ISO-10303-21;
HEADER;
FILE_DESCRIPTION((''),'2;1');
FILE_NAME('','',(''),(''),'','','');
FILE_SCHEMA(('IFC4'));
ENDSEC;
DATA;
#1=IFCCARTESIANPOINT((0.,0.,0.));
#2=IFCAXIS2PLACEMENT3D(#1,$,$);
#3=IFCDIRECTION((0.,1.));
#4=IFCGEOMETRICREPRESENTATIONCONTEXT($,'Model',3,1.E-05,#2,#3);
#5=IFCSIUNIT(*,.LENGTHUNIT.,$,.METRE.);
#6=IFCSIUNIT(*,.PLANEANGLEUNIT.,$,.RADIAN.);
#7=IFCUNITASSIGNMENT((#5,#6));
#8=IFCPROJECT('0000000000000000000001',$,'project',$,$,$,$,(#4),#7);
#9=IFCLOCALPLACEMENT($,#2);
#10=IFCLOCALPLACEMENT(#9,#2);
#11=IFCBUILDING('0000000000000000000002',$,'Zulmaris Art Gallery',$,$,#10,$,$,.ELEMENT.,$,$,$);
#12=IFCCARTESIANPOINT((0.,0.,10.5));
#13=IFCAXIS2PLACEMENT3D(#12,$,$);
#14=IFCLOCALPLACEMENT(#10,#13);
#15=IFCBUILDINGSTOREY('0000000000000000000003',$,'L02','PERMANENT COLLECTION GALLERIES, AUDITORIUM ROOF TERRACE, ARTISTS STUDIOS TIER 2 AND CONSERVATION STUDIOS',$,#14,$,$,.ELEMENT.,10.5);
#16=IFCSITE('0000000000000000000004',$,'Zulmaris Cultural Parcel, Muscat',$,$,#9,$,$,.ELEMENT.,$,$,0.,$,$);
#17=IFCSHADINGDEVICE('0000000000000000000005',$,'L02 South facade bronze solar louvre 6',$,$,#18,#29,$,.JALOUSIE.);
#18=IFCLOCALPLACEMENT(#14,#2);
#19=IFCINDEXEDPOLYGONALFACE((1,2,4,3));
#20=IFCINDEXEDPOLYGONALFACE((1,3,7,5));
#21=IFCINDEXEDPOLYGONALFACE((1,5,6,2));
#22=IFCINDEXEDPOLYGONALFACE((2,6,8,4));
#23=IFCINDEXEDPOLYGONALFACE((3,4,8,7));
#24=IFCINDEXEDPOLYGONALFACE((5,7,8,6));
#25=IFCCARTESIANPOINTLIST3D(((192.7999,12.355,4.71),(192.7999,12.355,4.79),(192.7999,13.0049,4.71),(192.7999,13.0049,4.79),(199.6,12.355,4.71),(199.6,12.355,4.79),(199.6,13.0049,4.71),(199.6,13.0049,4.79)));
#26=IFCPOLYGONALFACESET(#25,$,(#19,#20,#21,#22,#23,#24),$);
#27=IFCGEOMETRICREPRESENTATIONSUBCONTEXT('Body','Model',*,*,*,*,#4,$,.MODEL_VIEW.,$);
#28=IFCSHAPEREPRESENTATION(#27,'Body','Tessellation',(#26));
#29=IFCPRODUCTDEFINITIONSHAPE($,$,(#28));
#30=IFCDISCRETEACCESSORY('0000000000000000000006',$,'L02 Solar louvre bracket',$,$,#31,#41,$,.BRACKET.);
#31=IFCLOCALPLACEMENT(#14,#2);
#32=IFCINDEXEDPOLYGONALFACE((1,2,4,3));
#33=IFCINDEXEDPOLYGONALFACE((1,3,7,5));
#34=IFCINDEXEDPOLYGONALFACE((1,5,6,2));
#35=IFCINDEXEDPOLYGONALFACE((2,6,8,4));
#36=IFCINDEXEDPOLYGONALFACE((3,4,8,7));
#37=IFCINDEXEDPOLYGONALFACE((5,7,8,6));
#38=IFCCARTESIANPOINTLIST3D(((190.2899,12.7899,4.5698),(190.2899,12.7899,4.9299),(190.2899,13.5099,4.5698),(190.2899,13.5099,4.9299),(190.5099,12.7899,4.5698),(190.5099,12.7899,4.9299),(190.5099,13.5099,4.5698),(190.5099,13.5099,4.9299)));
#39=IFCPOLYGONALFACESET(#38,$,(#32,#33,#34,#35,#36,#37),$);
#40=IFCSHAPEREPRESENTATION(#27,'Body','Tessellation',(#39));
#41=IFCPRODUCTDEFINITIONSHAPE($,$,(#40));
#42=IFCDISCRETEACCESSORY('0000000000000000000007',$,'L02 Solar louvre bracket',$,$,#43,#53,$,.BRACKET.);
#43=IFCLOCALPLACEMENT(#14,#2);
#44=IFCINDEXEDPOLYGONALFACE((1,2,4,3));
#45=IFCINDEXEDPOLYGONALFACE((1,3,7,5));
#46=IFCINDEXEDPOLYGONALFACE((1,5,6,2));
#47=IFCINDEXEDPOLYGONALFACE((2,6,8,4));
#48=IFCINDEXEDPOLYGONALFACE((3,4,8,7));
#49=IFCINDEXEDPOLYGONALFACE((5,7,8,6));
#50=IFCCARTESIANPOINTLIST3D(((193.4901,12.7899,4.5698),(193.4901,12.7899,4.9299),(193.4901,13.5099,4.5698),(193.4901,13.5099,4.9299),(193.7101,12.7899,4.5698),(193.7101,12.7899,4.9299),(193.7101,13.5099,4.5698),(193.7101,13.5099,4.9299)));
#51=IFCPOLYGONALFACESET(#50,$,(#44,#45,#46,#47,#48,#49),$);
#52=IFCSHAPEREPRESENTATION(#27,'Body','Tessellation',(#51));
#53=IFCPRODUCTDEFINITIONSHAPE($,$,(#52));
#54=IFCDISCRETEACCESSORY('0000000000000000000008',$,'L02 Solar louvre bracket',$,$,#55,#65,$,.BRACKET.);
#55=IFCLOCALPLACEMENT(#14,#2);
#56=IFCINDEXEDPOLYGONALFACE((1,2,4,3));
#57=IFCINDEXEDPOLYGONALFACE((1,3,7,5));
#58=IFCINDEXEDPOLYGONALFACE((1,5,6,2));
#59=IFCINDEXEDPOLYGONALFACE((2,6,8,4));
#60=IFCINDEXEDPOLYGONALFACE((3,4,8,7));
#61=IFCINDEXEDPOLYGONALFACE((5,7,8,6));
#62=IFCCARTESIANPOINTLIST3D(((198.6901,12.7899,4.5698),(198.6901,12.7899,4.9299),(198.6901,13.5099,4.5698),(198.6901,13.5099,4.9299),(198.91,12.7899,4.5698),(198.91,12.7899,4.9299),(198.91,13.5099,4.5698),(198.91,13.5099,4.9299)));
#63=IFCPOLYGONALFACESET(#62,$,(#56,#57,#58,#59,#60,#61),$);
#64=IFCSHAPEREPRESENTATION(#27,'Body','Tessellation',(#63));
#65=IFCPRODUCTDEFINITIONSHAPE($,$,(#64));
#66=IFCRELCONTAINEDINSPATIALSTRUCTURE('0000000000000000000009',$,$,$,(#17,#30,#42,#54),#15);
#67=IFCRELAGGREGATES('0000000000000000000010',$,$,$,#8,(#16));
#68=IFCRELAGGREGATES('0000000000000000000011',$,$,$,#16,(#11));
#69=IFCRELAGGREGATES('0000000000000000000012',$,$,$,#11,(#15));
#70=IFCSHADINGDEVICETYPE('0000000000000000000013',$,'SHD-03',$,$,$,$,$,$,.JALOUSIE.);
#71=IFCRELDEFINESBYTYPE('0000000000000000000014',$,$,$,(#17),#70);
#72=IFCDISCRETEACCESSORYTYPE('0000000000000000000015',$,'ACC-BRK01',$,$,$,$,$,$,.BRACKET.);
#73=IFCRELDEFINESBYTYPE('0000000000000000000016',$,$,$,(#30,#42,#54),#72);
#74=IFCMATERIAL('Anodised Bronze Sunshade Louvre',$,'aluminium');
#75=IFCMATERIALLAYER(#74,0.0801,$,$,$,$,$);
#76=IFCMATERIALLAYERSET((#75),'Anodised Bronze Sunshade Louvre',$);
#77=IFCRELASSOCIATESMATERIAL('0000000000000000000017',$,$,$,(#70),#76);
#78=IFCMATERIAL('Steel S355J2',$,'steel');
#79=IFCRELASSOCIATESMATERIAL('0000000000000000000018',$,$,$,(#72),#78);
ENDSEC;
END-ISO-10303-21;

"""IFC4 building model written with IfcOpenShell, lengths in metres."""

from ifc_helpers import new_model, si_unit, direction, frame, origin, origin_2d, place, context, subcontext, project, spatial, rectangle, extrude, material, layer, layer_set, type_object, element, save


model = new_model("IFC4")

# Units and contexts
model_context = context("Model", 3, precision=1e-05, world=origin(), true_north=direction((0.0, 1.0)))
body_context = subcontext(model_context, "Body", "Model", "MODEL_VIEW")
ifc_project = project(units=[si_unit("LENGTHUNIT", "METRE"), si_unit("PLANEANGLEUNIT", "RADIAN")], contexts=[model_context])

# Site, building, storey
site_placement = place(None, origin())
site = spatial("IfcSite", under=ifc_project, at=site_placement, Name="Zulmaris Cultural Parcel, Muscat", CompositionType="ELEMENT", RefElevation=0.0)
building_placement = place(site_placement, origin())
building = spatial("IfcBuilding", under=site, at=building_placement, Name="Zulmaris Art Gallery", CompositionType="ELEMENT")
storey_placement = place(building_placement, frame((0.0, 0.0, 10.5)))
storey = spatial("IfcBuildingStorey", under=building, at=storey_placement, Name="L02", Description="PERMANENT COLLECTION GALLERIES, AUDITORIUM ROOF TERRACE, ARTISTS STUDIOS TIER 2 AND CONSERVATION STUDIOS", CompositionType="ELEMENT", Elevation=10.5)

# Shared definitions
ifc_material_1 = material(Name="Steel S355J2", Category="steel")

# Shading device
ifc_material_2 = material(Name="Anodised Bronze Sunshade Louvre", Category="aluminium")
ifc_layer_1 = layer(ifc_material_2, 0.0801)
ifc_layer_set_1 = layer_set([ifc_layer_1], Name="Anodised Bronze Sunshade Louvre")
shading_device_type = type_object("IfcShadingDeviceType", Name="SHD-03", PredefinedType="JALOUSIE", material=ifc_layer_set_1)
for number, where, z_axis, x_axis, name in (
    (1, (196.2, 12.6799, 4.71), (0.0, 0.0, 1.0), (1.0, 0.0, 0.0), "L02 South facade bronze solar louvre 6"),
):
    element("IfcShadingDevice", number, at=place(storey_placement, frame(where, z_axis=z_axis, x_axis=x_axis)), inside=storey, type_object=shading_device_type, Name=name, PredefinedType="JALOUSIE", context=body_context, shape_type="SweptSolid", body=[
        extrude(rectangle(XDim=6.8, YDim=0.6499, at=origin_2d()), origin(), (0.0, 0.0, 1.0), 0.0801),
    ])

# Discrete accessories
discrete_accessory_type = type_object("IfcDiscreteAccessoryType", Name="ACC-BRK01", PredefinedType="BRACKET", material=ifc_material_1)
for number, where, z_axis, x_axis, name in (
    (2, (190.3999, 13.1499, 4.5698), (0.0, 0.0, 1.0), (1.0, 0.0, 0.0), "L02 Solar louvre bracket"),
    (3, (193.6001, 13.1499, 4.5698), (0.0, 0.0, 1.0), (1.0, 0.0, 0.0), "L02 Solar louvre bracket"),
    (4, (198.8, 13.1499, 4.5698), (0.0, 0.0, 1.0), (1.0, 0.0, 0.0), "L02 Solar louvre bracket"),
):
    element("IfcDiscreteAccessory", number, at=place(storey_placement, frame(where, z_axis=z_axis, x_axis=x_axis)), inside=storey, type_object=discrete_accessory_type, Name=name, PredefinedType="BRACKET", context=body_context, shape_type="SweptSolid", body=[
        extrude(rectangle(XDim=0.22, YDim=0.72, at=origin_2d()), origin(), (0.0, 0.0, 1.0), 0.3601),
    ])

save(model, "model.ifc")
